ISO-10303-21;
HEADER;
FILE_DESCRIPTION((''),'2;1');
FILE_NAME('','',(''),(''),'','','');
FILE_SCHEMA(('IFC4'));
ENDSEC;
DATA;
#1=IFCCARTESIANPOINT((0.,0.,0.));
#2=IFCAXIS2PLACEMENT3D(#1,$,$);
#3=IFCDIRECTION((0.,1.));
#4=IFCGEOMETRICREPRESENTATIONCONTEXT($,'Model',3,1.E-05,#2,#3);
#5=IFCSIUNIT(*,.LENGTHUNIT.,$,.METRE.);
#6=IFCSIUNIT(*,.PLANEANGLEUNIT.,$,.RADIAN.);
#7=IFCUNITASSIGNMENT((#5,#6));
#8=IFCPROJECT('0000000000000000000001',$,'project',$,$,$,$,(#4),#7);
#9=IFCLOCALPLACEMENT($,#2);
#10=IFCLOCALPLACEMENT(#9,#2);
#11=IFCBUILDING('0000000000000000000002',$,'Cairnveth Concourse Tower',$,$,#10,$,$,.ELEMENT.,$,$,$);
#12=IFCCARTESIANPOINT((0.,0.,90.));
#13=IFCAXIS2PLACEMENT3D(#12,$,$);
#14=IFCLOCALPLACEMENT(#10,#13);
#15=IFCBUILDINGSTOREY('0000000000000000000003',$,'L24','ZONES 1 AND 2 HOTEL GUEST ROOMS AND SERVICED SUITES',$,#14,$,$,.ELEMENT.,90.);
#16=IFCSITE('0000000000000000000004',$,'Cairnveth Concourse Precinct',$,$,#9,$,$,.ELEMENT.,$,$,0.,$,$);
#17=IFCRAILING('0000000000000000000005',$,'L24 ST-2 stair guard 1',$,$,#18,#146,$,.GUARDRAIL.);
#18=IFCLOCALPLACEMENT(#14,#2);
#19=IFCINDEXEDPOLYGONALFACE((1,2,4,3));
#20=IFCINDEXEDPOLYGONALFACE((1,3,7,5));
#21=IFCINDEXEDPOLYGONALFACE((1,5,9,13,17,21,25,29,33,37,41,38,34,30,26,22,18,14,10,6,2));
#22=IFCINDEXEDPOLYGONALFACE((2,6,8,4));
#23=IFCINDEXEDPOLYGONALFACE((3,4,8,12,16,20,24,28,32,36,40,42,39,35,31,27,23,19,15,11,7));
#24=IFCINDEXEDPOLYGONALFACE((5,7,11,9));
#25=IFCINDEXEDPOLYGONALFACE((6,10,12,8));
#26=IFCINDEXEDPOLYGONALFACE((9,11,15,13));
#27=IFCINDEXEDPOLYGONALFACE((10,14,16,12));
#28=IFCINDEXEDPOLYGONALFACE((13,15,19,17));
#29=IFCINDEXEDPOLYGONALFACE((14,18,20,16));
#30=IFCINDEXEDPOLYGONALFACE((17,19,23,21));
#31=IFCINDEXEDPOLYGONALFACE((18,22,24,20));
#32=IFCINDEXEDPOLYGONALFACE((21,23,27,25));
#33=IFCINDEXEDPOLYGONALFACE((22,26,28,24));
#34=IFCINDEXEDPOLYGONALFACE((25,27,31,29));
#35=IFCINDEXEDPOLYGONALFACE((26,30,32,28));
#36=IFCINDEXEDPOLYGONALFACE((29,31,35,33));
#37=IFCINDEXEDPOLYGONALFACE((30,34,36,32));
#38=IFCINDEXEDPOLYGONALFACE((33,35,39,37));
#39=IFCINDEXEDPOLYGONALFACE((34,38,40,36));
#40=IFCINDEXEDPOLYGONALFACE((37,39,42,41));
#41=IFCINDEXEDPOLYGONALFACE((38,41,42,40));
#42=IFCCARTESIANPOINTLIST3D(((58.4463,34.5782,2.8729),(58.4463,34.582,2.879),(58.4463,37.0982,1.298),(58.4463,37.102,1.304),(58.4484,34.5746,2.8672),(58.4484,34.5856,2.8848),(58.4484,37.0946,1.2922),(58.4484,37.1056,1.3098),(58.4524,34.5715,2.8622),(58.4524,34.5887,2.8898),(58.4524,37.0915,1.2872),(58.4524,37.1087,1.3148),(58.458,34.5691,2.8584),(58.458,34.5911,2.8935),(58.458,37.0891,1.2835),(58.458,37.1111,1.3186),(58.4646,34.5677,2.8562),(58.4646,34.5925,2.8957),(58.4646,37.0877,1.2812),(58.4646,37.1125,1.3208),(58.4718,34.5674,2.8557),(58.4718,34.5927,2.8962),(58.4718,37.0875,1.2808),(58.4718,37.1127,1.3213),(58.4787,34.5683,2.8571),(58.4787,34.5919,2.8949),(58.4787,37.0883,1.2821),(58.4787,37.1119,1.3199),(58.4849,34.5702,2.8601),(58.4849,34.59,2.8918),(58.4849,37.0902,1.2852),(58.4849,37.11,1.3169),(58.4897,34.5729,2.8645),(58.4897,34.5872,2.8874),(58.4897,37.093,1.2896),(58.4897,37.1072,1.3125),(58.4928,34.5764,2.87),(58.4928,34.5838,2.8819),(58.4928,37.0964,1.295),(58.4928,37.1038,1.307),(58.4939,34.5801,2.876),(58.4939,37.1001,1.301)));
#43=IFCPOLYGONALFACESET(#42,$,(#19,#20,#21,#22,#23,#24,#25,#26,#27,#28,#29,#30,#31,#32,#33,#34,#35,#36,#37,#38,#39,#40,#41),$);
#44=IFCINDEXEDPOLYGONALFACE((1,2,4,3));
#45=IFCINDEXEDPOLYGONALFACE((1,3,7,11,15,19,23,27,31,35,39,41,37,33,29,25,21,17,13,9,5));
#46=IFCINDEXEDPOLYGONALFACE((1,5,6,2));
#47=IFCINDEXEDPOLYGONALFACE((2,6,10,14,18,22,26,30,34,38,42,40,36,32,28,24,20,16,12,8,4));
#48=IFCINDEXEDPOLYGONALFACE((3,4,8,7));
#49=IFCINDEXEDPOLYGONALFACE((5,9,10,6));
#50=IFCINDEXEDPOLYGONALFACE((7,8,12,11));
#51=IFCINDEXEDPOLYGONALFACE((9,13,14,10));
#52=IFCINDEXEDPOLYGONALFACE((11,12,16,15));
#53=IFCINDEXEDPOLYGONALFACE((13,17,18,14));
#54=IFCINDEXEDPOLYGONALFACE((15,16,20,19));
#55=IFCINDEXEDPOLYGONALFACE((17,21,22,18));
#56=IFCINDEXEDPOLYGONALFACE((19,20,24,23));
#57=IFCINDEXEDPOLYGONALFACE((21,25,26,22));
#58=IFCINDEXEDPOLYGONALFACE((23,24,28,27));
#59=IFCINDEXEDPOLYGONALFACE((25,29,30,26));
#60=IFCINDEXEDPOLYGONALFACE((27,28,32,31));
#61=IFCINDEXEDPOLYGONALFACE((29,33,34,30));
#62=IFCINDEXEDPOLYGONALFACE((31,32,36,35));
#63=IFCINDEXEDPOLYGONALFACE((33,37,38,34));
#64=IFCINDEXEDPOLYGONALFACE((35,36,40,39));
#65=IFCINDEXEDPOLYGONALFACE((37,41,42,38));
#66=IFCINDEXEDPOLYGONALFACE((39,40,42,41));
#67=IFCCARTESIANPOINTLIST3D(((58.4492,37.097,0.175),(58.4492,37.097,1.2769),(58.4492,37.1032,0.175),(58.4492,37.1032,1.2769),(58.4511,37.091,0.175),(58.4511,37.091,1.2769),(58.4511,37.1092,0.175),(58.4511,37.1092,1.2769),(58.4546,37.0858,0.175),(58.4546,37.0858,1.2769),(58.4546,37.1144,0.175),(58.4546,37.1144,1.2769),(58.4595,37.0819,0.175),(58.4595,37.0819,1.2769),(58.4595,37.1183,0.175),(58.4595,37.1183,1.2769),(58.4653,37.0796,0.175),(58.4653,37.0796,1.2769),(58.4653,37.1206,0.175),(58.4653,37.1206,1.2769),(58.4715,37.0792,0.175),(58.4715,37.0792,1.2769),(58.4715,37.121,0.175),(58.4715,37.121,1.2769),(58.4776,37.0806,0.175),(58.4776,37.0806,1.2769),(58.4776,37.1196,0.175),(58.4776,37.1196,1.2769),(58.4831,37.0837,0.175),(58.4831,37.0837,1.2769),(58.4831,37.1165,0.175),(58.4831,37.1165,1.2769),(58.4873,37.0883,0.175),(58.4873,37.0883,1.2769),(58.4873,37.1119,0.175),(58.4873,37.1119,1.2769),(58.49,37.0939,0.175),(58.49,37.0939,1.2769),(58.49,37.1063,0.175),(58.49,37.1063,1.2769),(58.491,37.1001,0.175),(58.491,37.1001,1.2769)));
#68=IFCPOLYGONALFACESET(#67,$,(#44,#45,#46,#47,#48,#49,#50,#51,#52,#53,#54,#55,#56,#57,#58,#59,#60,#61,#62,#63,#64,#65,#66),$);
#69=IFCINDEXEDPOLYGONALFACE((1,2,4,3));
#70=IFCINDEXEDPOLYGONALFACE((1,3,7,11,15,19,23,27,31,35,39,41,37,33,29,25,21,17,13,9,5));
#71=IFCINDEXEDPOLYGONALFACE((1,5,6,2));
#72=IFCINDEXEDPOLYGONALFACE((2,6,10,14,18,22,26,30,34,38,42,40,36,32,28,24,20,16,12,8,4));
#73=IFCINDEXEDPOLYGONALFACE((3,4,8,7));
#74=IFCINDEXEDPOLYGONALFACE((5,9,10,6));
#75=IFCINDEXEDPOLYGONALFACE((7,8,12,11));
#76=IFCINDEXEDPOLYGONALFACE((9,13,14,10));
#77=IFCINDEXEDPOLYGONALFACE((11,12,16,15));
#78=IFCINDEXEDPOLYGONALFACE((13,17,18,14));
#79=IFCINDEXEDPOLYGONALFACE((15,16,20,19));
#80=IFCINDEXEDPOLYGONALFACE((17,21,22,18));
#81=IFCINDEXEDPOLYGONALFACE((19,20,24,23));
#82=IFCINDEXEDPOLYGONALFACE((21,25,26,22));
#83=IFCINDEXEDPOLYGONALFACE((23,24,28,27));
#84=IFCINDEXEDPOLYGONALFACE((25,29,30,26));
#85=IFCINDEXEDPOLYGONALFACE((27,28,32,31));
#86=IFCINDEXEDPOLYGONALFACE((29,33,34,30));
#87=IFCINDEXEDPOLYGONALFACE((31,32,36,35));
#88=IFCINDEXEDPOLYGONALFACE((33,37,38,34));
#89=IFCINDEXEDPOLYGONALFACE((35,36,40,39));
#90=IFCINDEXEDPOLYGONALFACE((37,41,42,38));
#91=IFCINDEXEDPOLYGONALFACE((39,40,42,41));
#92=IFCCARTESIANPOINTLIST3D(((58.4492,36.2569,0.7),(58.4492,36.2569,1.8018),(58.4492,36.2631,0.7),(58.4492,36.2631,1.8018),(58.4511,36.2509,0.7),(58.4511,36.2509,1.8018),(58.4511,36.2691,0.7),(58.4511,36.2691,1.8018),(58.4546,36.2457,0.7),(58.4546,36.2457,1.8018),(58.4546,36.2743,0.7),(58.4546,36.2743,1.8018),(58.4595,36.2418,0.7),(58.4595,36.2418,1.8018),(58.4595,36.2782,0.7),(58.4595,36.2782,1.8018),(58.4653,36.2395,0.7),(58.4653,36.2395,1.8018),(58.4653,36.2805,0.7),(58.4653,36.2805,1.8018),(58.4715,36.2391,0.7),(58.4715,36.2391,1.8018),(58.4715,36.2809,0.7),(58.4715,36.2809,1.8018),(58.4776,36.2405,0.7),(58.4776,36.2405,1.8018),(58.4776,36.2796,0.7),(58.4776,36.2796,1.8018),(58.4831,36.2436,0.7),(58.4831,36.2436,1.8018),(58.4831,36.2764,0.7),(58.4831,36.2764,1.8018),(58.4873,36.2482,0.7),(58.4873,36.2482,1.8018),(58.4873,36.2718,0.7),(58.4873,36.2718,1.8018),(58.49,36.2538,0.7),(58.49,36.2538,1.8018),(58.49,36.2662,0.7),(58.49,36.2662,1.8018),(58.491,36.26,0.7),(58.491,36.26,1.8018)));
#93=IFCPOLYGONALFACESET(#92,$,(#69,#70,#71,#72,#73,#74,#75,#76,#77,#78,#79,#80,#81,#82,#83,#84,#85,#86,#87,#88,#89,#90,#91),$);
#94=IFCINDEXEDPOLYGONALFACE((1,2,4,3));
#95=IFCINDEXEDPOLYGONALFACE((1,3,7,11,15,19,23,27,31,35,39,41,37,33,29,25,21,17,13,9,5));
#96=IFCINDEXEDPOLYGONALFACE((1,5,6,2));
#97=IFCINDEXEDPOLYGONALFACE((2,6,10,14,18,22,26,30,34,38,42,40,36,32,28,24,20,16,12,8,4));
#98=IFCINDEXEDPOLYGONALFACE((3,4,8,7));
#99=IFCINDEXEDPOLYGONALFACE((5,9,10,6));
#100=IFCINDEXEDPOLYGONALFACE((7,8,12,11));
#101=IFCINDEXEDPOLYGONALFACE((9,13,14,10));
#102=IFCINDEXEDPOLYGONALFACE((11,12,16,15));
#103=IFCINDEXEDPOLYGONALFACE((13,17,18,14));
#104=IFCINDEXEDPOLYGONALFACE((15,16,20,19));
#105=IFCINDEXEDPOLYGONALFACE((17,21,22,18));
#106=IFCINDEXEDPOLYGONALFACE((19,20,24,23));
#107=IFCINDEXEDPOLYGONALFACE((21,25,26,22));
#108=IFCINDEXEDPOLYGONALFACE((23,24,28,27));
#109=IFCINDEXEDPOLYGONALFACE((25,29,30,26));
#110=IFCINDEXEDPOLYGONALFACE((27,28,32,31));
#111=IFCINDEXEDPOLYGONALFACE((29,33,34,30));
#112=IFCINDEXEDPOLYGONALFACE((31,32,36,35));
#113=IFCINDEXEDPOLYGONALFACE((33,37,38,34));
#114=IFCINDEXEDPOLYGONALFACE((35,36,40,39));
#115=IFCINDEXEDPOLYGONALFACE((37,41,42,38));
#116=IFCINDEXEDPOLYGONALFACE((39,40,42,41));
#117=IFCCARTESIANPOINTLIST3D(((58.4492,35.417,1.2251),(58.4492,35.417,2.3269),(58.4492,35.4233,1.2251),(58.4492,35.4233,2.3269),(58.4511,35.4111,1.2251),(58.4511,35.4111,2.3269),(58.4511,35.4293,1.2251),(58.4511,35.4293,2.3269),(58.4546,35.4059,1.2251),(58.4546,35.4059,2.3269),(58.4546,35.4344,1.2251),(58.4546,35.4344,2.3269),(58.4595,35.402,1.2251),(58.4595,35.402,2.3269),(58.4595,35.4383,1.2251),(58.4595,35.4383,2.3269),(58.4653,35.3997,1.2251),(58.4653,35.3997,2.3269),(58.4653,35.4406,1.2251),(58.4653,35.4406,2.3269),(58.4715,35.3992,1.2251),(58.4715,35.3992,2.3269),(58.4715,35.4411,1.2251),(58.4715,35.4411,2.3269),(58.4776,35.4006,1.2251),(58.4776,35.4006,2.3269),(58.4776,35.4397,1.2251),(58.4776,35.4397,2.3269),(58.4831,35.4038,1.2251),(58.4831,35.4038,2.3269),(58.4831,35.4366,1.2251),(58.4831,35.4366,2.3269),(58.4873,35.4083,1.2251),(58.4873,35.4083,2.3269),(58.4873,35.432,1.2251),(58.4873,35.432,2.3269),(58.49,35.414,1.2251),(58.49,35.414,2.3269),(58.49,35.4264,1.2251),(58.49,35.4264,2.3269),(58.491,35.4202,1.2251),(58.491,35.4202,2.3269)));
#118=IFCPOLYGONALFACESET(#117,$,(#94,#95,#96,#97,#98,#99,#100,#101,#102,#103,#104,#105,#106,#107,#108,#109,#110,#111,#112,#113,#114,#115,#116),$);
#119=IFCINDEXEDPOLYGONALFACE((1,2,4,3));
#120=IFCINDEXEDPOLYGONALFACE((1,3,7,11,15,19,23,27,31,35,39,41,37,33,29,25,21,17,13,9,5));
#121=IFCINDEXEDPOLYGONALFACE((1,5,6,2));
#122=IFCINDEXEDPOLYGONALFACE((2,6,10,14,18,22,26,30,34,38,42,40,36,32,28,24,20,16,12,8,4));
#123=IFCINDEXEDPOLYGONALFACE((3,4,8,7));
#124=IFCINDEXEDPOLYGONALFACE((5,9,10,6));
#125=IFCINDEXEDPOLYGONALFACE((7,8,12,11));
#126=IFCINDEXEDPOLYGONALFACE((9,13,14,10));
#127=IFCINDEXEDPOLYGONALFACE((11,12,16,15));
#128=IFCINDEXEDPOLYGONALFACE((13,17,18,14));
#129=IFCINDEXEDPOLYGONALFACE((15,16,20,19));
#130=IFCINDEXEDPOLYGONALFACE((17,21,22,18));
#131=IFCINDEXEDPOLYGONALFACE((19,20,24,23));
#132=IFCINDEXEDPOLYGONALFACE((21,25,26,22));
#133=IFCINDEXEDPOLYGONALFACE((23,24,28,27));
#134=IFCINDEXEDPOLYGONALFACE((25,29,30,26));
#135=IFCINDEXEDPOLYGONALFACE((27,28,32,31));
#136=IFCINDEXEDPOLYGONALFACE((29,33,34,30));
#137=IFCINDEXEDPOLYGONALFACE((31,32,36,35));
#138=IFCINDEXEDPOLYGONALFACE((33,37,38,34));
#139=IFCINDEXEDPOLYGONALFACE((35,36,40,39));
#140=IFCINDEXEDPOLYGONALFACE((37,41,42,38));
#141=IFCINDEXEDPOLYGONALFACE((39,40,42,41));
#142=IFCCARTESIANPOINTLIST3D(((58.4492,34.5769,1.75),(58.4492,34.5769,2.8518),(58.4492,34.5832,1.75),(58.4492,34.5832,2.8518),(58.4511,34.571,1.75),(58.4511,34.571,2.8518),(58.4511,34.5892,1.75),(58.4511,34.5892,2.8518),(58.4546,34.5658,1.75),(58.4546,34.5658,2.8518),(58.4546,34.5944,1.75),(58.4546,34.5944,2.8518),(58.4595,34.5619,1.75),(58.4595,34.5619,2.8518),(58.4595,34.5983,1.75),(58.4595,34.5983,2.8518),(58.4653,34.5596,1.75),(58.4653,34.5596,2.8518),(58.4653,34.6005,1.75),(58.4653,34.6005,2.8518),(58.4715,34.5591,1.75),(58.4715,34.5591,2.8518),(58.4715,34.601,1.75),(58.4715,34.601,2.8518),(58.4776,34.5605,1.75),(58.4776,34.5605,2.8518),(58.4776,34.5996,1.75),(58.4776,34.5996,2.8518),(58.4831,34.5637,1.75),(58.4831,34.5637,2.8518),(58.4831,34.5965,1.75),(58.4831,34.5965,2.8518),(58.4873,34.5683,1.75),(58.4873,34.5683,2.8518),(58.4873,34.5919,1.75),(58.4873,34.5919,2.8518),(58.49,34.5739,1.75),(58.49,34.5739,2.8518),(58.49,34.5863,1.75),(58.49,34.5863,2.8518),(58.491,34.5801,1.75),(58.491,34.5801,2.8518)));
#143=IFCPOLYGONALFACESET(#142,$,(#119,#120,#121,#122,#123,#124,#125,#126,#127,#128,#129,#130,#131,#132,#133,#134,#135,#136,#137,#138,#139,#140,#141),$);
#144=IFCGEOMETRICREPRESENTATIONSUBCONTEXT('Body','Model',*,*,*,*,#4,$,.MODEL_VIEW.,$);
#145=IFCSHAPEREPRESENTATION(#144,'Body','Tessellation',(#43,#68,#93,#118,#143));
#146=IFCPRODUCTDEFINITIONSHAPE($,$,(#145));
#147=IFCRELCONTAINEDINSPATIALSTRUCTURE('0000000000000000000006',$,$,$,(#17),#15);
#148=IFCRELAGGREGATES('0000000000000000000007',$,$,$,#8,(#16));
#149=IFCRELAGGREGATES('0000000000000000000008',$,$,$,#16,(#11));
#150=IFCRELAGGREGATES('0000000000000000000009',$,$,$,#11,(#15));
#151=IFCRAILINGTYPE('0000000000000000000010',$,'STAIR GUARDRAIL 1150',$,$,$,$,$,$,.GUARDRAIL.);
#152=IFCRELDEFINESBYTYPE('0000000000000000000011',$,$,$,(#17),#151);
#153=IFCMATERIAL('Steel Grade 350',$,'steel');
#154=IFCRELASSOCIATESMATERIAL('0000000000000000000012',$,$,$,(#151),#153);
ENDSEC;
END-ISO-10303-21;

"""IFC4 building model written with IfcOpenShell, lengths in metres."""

from ifc_helpers import new_model, si_unit, direction, frame, origin, origin_2d, place, context, subcontext, project, spatial, circle, extrude, material, type_object, element, save


model = new_model("IFC4")

# Units and contexts
model_context = context("Model", 3, precision=1e-05, world=origin(), true_north=direction((0.0, 1.0)))
body_context = subcontext(model_context, "Body", "Model", "MODEL_VIEW")
ifc_project = project(units=[si_unit("LENGTHUNIT", "METRE"), si_unit("PLANEANGLEUNIT", "RADIAN")], contexts=[model_context])

# Site, building, storey
site_placement = place(None, origin())
site = spatial("IfcSite", under=ifc_project, at=site_placement, Name="Cairnveth Concourse Precinct", CompositionType="ELEMENT", RefElevation=0.0)
building_placement = place(site_placement, origin())
building = spatial("IfcBuilding", under=site, at=building_placement, Name="Cairnveth Concourse Tower", CompositionType="ELEMENT")
storey_placement = place(building_placement, frame((0.0, 0.0, 90.0)))
storey = spatial("IfcBuildingStorey", under=building, at=storey_placement, Name="L24", Description="ZONES 1 AND 2 HOTEL GUEST ROOMS AND SERVICED SUITES", CompositionType="ELEMENT", Elevation=90.0)

# Shared definitions
ifc_material_1 = material(Name="Steel Grade 350", Category="steel")

# Railing
railing_type_1 = type_object("IfcRailingType", Name="STAIR GUARDRAIL 1150", PredefinedType="GUARDRAIL", material=ifc_material_1)
railing_1_placement = place(storey_placement, frame((58.47, 37.1001, 0.175)))
element("IfcRailing", 1, at=railing_1_placement, inside=storey, type_object=railing_type_1, Name="L24 ST-2 stair guard 1", PredefinedType="GUARDRAIL", context=body_context, shape_type="SweptSolid", body=[
    extrude(circle(Radius=0.0239, at=origin_2d()), frame((0.0, 0.0, 1.126), z_axis=(0.0, -0.848008, 0.529984), x_axis=(1.0, 0.0, 0.0)), (0.0, 0.0, 1.0), 2.9717),
    extrude(circle(Radius=0.021, at=origin_2d()), origin(), (0.0, 0.0, 1.0), 1.1018),
    extrude(circle(Radius=0.021, at=origin_2d()), frame((0.0, -0.8401, 0.5249)), (0.0, 0.0, 1.0), 1.1018),
    extrude(circle(Radius=0.021, at=origin_2d()), frame((0.0, -1.6799, 1.05)), (0.0, 0.0, 1.0), 1.1018),
    extrude(circle(Radius=0.021, at=origin_2d()), frame((0.0, -2.52, 1.575)), (0.0, 0.0, 1.0), 1.1018),
])

save(model, "model.ifc")
